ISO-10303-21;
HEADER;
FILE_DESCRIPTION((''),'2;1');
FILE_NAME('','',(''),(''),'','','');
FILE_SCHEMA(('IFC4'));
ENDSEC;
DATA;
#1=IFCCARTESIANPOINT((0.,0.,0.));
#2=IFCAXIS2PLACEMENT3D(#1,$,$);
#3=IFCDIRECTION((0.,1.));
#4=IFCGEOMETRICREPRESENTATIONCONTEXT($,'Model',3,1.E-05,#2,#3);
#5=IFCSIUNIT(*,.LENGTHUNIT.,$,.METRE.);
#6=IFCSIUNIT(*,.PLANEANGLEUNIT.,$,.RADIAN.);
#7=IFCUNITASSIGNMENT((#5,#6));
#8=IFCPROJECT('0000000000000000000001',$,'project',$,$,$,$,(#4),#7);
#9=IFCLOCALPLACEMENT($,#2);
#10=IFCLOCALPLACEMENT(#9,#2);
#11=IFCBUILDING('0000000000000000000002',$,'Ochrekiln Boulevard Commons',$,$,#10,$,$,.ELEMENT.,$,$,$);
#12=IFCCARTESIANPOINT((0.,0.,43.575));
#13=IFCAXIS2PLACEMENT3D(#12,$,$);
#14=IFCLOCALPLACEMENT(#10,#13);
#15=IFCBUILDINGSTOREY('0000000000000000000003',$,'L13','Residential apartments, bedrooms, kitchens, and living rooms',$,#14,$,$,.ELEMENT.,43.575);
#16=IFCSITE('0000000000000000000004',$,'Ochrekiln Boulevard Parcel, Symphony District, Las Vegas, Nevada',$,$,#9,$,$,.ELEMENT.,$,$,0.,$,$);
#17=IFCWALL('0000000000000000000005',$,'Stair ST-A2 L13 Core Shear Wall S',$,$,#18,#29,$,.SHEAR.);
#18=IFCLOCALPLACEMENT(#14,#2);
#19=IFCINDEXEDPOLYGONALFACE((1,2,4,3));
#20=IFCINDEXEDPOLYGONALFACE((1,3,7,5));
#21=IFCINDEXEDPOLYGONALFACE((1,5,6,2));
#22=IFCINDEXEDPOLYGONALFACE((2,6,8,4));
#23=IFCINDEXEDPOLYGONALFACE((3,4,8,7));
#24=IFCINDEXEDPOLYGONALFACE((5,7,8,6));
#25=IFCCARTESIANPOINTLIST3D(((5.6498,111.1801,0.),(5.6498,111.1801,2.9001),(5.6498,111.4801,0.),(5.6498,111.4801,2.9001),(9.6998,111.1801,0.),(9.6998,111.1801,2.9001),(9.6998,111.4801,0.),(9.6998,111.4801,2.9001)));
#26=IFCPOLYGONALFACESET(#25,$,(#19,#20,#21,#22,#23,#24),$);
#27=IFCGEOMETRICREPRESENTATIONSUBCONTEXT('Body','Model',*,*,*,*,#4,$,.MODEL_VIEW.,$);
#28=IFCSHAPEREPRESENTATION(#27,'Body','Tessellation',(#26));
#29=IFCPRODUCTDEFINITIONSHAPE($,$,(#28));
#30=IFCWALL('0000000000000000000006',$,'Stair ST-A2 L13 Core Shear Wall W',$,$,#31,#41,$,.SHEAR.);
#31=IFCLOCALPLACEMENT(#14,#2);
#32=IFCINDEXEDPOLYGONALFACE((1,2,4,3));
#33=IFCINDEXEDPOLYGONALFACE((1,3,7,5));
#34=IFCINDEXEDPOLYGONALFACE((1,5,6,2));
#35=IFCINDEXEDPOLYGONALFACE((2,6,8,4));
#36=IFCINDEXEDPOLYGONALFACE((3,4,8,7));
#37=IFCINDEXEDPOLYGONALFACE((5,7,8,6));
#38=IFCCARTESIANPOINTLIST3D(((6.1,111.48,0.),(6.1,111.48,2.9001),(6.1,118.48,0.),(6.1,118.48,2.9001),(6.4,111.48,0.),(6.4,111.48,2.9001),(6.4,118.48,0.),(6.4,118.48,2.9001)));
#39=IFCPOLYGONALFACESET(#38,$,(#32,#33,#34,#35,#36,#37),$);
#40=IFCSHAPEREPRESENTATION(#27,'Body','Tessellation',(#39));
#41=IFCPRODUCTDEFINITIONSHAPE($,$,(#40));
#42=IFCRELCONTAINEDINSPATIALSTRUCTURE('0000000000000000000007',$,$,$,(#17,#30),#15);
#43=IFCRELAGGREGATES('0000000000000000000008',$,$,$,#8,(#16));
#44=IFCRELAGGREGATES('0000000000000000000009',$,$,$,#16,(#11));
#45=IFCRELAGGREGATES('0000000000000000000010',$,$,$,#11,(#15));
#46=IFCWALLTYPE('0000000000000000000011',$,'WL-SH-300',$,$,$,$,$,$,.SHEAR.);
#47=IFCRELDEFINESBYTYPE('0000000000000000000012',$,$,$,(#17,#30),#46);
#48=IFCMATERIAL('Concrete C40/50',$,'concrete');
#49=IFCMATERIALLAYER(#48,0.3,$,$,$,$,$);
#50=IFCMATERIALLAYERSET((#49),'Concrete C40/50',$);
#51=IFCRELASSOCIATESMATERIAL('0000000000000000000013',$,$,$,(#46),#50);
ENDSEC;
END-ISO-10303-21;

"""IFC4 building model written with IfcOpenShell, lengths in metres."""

from ifc_helpers import new_model, si_unit, direction, frame, frame_2d, origin, place, context, subcontext, project, spatial, rectangle, extrude, material, layer, layer_set, type_object, element, save


model = new_model("IFC4")

# Units and contexts
model_context = context("Model", 3, precision=1e-05, world=origin(), true_north=direction((0.0, 1.0)))
body_context = subcontext(model_context, "Body", "Model", "MODEL_VIEW")
ifc_project = project(units=[si_unit("LENGTHUNIT", "METRE"), si_unit("PLANEANGLEUNIT", "RADIAN")], contexts=[model_context])

# Site, building, storey
site_placement = place(None, origin())
site = spatial("IfcSite", under=ifc_project, at=site_placement, Name="Ochrekiln Boulevard Parcel, Symphony District, Las Vegas, Nevada", CompositionType="ELEMENT", RefElevation=0.0)
building_placement = place(site_placement, origin())
building = spatial("IfcBuilding", under=site, at=building_placement, Name="Ochrekiln Boulevard Commons", CompositionType="ELEMENT")
storey_placement = place(building_placement, frame((0.0, 0.0, 43.575)))
storey = spatial("IfcBuildingStorey", under=building, at=storey_placement, Name="L13", Description="Residential apartments, bedrooms, kitchens, and living rooms", CompositionType="ELEMENT", Elevation=43.575)

# Shared definitions
ifc_material_1 = material(Name="Concrete C40/50", Category="concrete")

# Walls
ifc_layer_1 = layer(ifc_material_1, 0.3)
ifc_layer_set_1 = layer_set([ifc_layer_1], Name="Concrete C40/50")
wall_type_1 = type_object("IfcWallType", Name="WL-SH-300", PredefinedType="SHEAR", material=ifc_layer_set_1)
wall_1_placement = place(storey_placement, frame((5.6499, 111.3301, 0.0), z_axis=(0.0, 0.0, 1.0), x_axis=(1.0, 0.0, 0.0)))
element("IfcWall", 1, at=wall_1_placement, inside=storey, type_object=wall_type_1, Name="Stair ST-A2 L13 Core Shear Wall S", PredefinedType="SHEAR", context=body_context, shape_type="SweptSolid", body=[
    extrude(rectangle(XDim=4.05, YDim=0.3, at=frame_2d((2.0249, 0.0))), origin(), (0.0, 0.0, 1.0), 2.9001),
])
wall_2_placement = place(storey_placement, frame((6.25, 111.48, 0.0), z_axis=(0.0, 0.0, 1.0), x_axis=(0.0, 1.0, 0.0)))
element("IfcWall", 2, at=wall_2_placement, inside=storey, type_object=wall_type_1, Name="Stair ST-A2 L13 Core Shear Wall W", PredefinedType="SHEAR", context=body_context, shape_type="SweptSolid", body=[
    extrude(rectangle(XDim=7.0, YDim=0.3, at=frame_2d((3.5, 0.0))), origin(), (0.0, 0.0, 1.0), 2.9001),
])

save(model, "model.ifc")
